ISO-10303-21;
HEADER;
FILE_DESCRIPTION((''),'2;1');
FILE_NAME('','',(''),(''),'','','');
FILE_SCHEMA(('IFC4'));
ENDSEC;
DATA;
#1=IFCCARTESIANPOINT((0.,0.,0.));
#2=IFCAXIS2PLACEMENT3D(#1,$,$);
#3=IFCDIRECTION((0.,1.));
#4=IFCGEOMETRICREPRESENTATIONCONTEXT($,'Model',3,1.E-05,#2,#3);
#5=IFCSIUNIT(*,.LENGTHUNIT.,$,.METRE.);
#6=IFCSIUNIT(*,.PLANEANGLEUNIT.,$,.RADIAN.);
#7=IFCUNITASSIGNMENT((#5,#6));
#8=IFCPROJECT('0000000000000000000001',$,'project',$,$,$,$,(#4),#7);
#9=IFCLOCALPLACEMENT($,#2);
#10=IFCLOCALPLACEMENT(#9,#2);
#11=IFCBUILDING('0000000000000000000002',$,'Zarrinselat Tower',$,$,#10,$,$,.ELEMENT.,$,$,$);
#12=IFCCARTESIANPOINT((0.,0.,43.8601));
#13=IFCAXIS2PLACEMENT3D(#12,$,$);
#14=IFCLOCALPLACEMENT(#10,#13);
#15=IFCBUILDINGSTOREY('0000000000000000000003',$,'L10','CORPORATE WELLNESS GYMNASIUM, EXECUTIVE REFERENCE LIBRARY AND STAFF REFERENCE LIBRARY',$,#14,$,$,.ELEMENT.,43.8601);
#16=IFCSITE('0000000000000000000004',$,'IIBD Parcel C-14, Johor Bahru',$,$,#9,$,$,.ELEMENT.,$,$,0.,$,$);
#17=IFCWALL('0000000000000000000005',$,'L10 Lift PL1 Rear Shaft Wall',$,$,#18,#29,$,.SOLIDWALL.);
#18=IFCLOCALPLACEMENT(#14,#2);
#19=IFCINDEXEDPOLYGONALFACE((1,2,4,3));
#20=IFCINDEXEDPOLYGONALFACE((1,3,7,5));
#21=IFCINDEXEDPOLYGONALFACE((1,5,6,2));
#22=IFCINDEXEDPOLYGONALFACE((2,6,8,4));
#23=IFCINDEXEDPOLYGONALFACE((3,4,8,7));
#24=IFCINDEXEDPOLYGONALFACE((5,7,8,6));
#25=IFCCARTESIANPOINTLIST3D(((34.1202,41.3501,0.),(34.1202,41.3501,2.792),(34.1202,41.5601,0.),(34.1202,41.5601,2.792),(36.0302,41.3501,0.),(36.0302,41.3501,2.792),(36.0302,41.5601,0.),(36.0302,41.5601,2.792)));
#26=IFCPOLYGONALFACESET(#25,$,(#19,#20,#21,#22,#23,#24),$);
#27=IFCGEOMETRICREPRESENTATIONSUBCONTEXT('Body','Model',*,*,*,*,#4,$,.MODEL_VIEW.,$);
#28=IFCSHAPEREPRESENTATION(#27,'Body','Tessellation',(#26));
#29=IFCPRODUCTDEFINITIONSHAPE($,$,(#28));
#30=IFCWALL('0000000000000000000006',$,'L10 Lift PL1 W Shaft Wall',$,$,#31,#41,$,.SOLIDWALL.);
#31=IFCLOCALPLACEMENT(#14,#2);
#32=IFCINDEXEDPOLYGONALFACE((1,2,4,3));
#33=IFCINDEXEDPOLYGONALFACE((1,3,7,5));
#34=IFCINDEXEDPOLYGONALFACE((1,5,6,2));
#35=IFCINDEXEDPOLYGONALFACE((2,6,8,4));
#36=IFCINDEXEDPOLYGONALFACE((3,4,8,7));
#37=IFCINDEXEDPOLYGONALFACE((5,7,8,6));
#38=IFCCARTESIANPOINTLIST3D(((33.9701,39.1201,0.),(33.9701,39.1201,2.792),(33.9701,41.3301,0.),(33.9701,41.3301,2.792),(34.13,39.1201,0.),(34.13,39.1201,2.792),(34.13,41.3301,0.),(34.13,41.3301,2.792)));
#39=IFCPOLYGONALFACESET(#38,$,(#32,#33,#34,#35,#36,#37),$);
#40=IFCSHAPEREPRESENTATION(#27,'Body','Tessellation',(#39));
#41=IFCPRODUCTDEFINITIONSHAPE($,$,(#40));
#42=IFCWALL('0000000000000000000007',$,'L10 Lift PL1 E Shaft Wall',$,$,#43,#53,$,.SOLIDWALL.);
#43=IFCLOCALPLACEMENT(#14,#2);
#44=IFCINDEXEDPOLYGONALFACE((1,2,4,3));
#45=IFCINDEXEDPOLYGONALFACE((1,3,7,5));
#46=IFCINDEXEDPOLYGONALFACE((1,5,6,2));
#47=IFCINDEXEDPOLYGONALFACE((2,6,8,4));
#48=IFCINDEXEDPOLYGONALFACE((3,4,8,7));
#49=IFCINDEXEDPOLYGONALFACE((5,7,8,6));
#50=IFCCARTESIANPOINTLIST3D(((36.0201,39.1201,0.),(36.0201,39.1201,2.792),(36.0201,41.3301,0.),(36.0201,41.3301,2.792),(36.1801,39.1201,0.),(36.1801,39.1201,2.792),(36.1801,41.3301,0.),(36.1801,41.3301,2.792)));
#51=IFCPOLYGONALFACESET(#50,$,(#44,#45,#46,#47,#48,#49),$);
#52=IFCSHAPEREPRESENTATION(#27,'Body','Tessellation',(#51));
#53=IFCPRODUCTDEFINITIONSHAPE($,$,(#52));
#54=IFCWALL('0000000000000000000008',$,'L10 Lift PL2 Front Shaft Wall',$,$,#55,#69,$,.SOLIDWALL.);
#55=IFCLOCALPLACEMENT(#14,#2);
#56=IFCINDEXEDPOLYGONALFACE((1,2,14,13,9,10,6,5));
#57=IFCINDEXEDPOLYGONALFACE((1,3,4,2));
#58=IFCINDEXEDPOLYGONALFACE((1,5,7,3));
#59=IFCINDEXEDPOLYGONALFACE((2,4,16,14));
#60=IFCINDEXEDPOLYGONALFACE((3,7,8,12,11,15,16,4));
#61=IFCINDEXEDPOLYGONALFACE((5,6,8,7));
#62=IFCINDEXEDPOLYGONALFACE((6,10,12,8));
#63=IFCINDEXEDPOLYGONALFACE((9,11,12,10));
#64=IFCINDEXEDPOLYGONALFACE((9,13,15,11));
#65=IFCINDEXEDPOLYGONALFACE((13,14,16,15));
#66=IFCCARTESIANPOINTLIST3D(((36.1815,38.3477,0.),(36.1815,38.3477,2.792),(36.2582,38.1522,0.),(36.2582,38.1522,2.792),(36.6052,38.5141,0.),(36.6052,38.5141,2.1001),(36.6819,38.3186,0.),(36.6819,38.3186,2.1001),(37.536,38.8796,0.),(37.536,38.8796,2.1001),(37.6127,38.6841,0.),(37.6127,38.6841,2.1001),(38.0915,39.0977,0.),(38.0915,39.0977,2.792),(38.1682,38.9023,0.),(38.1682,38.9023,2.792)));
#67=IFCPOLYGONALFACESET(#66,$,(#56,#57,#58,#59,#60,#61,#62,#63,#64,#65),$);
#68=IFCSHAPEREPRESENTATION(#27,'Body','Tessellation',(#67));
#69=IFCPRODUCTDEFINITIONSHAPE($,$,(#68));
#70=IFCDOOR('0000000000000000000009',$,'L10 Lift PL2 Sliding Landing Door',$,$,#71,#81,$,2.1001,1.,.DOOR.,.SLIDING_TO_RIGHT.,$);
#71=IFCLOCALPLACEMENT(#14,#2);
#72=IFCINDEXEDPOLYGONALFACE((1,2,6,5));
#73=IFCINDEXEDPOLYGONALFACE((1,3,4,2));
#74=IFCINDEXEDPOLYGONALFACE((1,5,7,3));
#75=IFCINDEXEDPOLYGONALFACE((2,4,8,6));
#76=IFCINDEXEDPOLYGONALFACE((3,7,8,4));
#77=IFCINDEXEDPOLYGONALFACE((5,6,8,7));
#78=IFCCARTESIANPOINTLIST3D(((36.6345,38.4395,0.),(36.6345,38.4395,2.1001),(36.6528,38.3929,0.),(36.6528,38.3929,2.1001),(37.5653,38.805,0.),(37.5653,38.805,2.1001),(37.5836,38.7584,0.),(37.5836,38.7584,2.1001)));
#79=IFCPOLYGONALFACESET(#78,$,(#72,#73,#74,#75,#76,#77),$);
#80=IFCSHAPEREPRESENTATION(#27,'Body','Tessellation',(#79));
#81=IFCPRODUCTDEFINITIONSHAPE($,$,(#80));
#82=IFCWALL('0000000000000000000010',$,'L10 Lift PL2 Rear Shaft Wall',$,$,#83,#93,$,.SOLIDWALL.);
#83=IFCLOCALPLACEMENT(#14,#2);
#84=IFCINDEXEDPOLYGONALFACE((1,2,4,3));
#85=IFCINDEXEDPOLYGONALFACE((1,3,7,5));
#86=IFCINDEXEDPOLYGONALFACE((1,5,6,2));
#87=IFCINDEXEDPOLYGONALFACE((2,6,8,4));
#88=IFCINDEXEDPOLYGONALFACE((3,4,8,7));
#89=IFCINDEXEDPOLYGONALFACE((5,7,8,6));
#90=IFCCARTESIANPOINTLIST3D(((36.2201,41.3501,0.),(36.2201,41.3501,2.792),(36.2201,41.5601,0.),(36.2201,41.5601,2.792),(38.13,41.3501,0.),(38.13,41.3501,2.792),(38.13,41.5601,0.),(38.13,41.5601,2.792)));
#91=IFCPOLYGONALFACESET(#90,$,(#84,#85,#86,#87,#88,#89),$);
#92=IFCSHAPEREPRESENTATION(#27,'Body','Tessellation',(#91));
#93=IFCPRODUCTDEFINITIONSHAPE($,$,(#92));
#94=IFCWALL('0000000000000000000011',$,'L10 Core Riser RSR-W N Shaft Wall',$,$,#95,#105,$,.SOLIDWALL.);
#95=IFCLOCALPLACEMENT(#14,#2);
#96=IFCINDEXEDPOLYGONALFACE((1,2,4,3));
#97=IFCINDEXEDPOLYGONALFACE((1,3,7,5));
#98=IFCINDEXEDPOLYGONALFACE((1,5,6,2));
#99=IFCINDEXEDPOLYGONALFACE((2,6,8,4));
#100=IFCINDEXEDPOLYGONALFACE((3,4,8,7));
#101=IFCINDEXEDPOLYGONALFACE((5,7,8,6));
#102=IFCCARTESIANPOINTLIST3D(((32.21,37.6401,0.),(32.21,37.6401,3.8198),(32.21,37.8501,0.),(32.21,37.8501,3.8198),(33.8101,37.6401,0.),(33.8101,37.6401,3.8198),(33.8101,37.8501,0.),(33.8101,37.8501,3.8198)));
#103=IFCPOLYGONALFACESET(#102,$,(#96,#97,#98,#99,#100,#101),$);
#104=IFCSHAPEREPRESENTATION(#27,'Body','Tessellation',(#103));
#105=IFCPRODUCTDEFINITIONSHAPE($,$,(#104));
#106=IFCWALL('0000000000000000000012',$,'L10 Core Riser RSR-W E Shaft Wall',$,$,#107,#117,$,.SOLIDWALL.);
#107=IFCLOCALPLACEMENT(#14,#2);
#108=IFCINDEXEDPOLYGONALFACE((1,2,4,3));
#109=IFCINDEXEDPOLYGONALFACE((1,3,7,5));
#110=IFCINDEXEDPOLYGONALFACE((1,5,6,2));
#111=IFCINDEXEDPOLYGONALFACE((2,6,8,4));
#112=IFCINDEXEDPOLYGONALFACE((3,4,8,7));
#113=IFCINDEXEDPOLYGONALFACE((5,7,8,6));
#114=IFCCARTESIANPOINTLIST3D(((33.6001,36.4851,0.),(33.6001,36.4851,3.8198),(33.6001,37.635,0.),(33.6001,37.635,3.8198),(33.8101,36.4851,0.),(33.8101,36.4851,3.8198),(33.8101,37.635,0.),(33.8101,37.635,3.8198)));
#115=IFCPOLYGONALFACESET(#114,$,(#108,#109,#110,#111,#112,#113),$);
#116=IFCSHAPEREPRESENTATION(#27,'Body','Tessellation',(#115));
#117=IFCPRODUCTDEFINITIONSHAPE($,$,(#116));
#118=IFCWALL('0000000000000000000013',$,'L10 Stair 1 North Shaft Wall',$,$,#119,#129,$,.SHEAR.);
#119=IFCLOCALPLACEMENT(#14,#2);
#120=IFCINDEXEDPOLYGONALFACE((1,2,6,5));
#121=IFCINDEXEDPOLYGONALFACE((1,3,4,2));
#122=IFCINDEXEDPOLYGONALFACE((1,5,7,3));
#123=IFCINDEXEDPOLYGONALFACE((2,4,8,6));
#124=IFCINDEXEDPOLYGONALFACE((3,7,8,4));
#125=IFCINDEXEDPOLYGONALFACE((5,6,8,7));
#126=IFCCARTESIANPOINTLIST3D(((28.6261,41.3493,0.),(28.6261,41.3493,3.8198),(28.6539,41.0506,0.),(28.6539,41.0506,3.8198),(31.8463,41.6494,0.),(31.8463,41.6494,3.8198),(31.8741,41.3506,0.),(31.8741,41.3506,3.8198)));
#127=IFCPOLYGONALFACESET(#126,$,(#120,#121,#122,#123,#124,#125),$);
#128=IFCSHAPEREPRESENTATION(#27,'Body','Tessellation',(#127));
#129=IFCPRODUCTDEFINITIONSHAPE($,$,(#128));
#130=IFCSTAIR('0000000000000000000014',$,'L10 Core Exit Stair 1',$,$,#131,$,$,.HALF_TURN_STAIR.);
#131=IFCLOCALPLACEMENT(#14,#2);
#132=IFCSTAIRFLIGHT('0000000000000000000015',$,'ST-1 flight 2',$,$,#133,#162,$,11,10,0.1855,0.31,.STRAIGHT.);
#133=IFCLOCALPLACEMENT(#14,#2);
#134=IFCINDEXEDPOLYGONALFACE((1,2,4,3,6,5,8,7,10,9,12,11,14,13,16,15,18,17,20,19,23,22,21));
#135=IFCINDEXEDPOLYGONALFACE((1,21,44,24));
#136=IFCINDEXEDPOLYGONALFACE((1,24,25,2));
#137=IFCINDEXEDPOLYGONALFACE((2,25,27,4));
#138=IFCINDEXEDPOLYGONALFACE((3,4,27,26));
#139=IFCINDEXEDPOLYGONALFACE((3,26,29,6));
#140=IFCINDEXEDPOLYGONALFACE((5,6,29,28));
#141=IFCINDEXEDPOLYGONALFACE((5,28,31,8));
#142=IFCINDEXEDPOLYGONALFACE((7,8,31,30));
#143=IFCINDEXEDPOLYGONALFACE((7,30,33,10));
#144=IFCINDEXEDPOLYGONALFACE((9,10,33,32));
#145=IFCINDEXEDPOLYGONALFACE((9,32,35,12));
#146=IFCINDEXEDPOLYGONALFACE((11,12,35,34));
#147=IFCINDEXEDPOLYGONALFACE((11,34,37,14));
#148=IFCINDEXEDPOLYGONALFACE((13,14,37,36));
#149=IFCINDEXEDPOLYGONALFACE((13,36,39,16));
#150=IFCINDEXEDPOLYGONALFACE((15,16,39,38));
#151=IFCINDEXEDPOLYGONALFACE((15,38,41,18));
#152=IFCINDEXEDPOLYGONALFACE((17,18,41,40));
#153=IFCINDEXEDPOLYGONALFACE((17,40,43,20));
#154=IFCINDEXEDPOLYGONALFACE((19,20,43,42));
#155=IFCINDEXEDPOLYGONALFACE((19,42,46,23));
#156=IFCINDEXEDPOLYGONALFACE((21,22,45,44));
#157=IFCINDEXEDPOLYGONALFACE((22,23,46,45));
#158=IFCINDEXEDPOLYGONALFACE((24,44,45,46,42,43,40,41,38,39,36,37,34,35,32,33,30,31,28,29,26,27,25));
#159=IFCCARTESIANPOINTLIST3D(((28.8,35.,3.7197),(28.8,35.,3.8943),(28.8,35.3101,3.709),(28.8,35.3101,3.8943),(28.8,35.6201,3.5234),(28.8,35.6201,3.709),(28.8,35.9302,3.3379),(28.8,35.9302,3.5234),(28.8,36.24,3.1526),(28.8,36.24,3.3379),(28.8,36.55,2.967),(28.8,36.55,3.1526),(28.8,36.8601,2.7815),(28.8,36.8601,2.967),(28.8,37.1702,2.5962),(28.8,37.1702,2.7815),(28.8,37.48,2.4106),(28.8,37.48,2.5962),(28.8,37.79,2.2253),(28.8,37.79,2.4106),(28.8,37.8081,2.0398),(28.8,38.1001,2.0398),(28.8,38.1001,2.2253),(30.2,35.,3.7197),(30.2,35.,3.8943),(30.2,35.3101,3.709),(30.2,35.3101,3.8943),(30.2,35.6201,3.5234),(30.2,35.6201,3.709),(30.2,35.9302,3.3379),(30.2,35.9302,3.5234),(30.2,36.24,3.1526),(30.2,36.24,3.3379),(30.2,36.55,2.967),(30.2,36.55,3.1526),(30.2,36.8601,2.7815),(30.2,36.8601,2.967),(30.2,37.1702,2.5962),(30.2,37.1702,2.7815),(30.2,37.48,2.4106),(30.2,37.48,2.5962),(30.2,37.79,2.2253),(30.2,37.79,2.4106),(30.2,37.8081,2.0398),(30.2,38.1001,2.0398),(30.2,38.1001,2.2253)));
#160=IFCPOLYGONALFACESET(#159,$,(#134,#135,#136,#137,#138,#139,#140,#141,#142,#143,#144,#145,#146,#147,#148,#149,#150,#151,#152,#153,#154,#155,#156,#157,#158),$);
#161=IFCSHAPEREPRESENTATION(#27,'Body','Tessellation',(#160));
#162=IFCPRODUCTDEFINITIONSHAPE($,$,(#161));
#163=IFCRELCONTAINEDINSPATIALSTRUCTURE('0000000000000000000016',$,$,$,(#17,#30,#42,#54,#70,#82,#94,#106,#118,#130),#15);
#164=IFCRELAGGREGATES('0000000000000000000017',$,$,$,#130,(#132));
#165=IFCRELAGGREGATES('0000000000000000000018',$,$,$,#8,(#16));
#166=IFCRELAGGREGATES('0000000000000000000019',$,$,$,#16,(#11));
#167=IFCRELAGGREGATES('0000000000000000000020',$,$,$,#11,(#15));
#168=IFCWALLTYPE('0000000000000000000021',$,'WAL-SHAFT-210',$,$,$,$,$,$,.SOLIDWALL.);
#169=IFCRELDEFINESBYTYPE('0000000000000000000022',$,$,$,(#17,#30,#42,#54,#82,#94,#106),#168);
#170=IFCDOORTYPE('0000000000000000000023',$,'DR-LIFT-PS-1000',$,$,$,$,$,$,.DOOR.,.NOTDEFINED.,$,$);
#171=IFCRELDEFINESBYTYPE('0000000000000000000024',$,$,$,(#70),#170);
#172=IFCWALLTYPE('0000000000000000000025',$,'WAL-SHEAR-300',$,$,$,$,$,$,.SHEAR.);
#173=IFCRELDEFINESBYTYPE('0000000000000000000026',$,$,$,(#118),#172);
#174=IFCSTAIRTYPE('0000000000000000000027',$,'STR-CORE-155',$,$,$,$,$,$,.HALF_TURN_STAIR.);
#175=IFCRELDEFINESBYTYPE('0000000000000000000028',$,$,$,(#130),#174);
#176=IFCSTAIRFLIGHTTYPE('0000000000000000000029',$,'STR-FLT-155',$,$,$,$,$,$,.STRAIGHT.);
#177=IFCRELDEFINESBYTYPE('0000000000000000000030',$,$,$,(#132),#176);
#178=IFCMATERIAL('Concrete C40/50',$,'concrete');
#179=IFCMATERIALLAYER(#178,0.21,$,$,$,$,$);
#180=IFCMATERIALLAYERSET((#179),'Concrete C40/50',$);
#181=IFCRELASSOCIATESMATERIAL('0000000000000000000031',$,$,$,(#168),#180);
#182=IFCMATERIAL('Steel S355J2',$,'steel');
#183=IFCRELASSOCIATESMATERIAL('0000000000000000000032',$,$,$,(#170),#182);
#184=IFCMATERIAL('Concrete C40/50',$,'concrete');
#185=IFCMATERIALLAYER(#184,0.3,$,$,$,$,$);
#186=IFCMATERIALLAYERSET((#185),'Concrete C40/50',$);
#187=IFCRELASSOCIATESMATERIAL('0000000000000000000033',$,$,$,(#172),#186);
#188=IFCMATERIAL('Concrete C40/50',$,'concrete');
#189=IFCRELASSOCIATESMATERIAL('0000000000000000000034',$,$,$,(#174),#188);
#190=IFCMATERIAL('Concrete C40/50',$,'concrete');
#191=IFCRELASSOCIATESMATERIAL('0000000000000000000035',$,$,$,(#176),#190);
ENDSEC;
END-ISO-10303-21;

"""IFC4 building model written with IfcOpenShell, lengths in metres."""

from ifc_helpers import new_model, si_unit, direction, frame, frame_2d, origin, place, context, subcontext, project, spatial, polyline, rectangle, outline, extrude, material, layer, layer_set, type_object, element, fill, aggregate, save


model = new_model("IFC4")

# Units and contexts
model_context = context("Model", 3, precision=1e-05, world=origin(), true_north=direction((0.0, 1.0)))
body_context = subcontext(model_context, "Body", "Model", "MODEL_VIEW")
ifc_project = project(units=[si_unit("LENGTHUNIT", "METRE"), si_unit("PLANEANGLEUNIT", "RADIAN")], contexts=[model_context])

# Site, building, storey
site_placement = place(None, origin())
site = spatial("IfcSite", under=ifc_project, at=site_placement, Name="IIBD Parcel C-14, Johor Bahru", CompositionType="ELEMENT", RefElevation=0.0)
building_placement = place(site_placement, origin())
building = spatial("IfcBuilding", under=site, at=building_placement, Name="Zarrinselat Tower", CompositionType="ELEMENT")
storey_placement = place(building_placement, frame((0.0, 0.0, 43.8601)))
storey = spatial("IfcBuildingStorey", under=building, at=storey_placement, Name="L10", Description="CORPORATE WELLNESS GYMNASIUM, EXECUTIVE REFERENCE LIBRARY AND STAFF REFERENCE LIBRARY", CompositionType="ELEMENT", Elevation=43.8601)

# Shared definitions
ifc_material_1 = material(Name="Concrete C40/50", Category="concrete")
ifc_layer_1 = layer(ifc_material_1, 0.21)
ifc_layer_set_1 = layer_set([ifc_layer_1], Name="Concrete C40/50")
wall_type_1 = type_object("IfcWallType", Name="WAL-SHAFT-210", PredefinedType="SOLIDWALL", material=ifc_layer_set_1)
ifc_material_2 = material(Name="Steel S355J2", Category="steel")
door_type_1 = type_object("IfcDoorType", Name="DR-LIFT-PS-1000", OperationType="NOTDEFINED", PredefinedType="DOOR", material=ifc_material_2)

# Walls
wall_1_placement = place(storey_placement, frame((34.1201, 41.4551, 0.0), z_axis=(0.0, 0.0, 1.0), x_axis=(1.0, 0.0, 0.0)))
element("IfcWall", 1, at=wall_1_placement, inside=storey, type_object=wall_type_1, Name="L10 Lift PL1 Rear Shaft Wall", PredefinedType="SOLIDWALL", context=body_context, shape_type="SweptSolid", body=[
    extrude(rectangle(XDim=1.9099, YDim=0.21, at=frame_2d((0.9551, 0.0))), origin(), (0.0, 0.0, 1.0), 2.792),
])
for number, where, z_axis, x_axis, name in (
    (2, (34.05, 39.1201, 0.0), (0.0, 0.0, 1.0), (0.0, 1.0, 0.0), "L10 Lift PL1 W Shaft Wall"),
    (3, (36.1001, 39.1201, 0.0), (0.0, 0.0, 1.0), (0.0, 1.0, 0.0), "L10 Lift PL1 E Shaft Wall"),
):
    element("IfcWall", number, at=place(storey_placement, frame(where, z_axis=z_axis, x_axis=x_axis)), inside=storey, type_object=wall_type_1, Name=name, PredefinedType="SOLIDWALL", context=body_context, shape_type="SweptSolid", body=[
        extrude(rectangle(XDim=2.21, YDim=0.1599, at=frame_2d((1.105, 0.0))), origin(), (0.0, 0.0, 1.0), 2.792),
    ])

# Wall, opening, door
wall_2_placement = place(storey_placement, frame((36.22, 38.25, 0.0), z_axis=(0.0, 0.0, 1.0), x_axis=(0.930805, 0.365516, 0.0)))
wall_2 = element("IfcWall", 4, at=wall_2_placement, inside=storey, type_object=wall_type_1, Name="L10 Lift PL2 Front Shaft Wall", PredefinedType="SOLIDWALL", context=body_context, shape_type="SweptSolid", body=[
    extrude(rectangle(XDim=2.052, YDim=0.21, at=frame_2d((1.0259, 0.0))), origin(), (0.0, 0.0, 1.0), 2.792),
])
opening_1_placement = place(wall_2_placement, frame((0.4551, 0.0, 0.0)))
opening_1 = element("IfcOpeningElement", 5, at=opening_1_placement, cuts=wall_2, PredefinedType="OPENING", context=body_context, shape_type="SweptSolid", body=[
    extrude(rectangle(XDim=1.0, YDim=2.1001, at=frame_2d((0.5, 1.05))), frame((0.0, 0.115, 0.0), z_axis=(0.0, -1.0, 0.0), x_axis=(1.0, 0.0, 0.0)), (0.0, 0.0, 1.0), 0.23),
])
door_1_placement = place(opening_1_placement, origin())
door_1 = element("IfcDoor", 6, at=door_1_placement, inside=storey, type_object=door_type_1, Name="L10 Lift PL2 Sliding Landing Door", OperationType="SLIDING_TO_RIGHT", OverallHeight=2.1001, OverallWidth=1.0, PredefinedType="DOOR", context=body_context, shape_type="SweptSolid", body=[
    extrude(rectangle(XDim=1.0, YDim=2.1001, at=frame_2d((0.5, 1.05))), frame((0.0, 0.0249, 0.0), z_axis=(0.0, -1.0, 0.0), x_axis=(1.0, 0.0, 0.0)), (0.0, 0.0, 1.0), 0.05),
])
fill(opening_1, door_1)

# Walls
wall_3_placement = place(storey_placement, frame((36.22, 41.4551, 0.0), z_axis=(0.0, 0.0, 1.0), x_axis=(1.0, 0.0, 0.0)))
element("IfcWall", 7, at=wall_3_placement, inside=storey, type_object=wall_type_1, Name="L10 Lift PL2 Rear Shaft Wall", PredefinedType="SOLIDWALL", context=body_context, shape_type="SweptSolid", body=[
    extrude(rectangle(XDim=1.9099, YDim=0.21, at=frame_2d((0.9551, 0.0))), origin(), (0.0, 0.0, 1.0), 2.792),
])
wall_4_placement = place(storey_placement, frame((32.21, 37.7451, 0.0), z_axis=(0.0, 0.0, 1.0), x_axis=(1.0, 0.0, 0.0)))
element("IfcWall", 8, at=wall_4_placement, inside=storey, type_object=wall_type_1, Name="L10 Core Riser RSR-W N Shaft Wall", PredefinedType="SOLIDWALL", context=body_context, shape_type="SweptSolid", body=[
    extrude(rectangle(XDim=1.6001, YDim=0.21, at=frame_2d((0.8, 0.0))), origin(), (0.0, 0.0, 1.0), 3.8198),
])
wall_5_placement = place(storey_placement, frame((33.7051, 36.4851, 0.0), z_axis=(0.0, 0.0, 1.0), x_axis=(0.0, 1.0, 0.0)))
element("IfcWall", 9, at=wall_5_placement, inside=storey, type_object=wall_type_1, Name="L10 Core Riser RSR-W E Shaft Wall", PredefinedType="SOLIDWALL", context=body_context, shape_type="SweptSolid", body=[
    extrude(rectangle(XDim=1.1499, YDim=0.21, at=frame_2d((0.575, 0.0))), origin(), (0.0, 0.0, 1.0), 3.8198),
])
ifc_material_3 = material(Name="Concrete C40/50", Category="concrete")
ifc_layer_2 = layer(ifc_material_3, 0.3)
ifc_layer_set_2 = layer_set([ifc_layer_2], Name="Concrete C40/50")
wall_type_2 = type_object("IfcWallType", Name="WAL-SHEAR-300", PredefinedType="SHEAR", material=ifc_layer_set_2)
wall_6_placement = place(storey_placement, frame((28.6399, 41.2, 0.0), z_axis=(0.0, 0.0, 1.0), x_axis=(0.995687, 0.092775, 0.0)))
element("IfcWall", 10, at=wall_6_placement, inside=storey, type_object=wall_type_2, Name="L10 Stair 1 North Shaft Wall", PredefinedType="SHEAR", context=body_context, shape_type="SweptSolid", body=[
    extrude(rectangle(XDim=3.2341, YDim=0.3, at=frame_2d((1.6172, 0.0))), origin(), (0.0, 0.0, 1.0), 3.8198),
])

# Stair, stair flight
ifc_material_4 = material(Name="Concrete C40/50", Category="concrete")
stair_type = type_object("IfcStairType", Name="STR-CORE-155", PredefinedType="HALF_TURN_STAIR", material=ifc_material_4)
stair_placement = place(storey_placement, origin())
stair = element("IfcStair", 11, at=stair_placement, inside=storey, type_object=stair_type, Name="L10 Core Exit Stair 1", PredefinedType="HALF_TURN_STAIR")
ifc_material_5 = material(Name="Concrete C40/50", Category="concrete")
stair_flight_type = type_object("IfcStairFlightType", Name="STR-FLT-155", PredefinedType="STRAIGHT", material=ifc_material_5)
stair_flight_placement = place(storey_placement, frame((29.5, 38.1001, 2.0398), z_axis=(0.0, 0.0, 1.0), x_axis=(0.0, -1.0, 0.0)))
stair_flight = element("IfcStairFlight", 12, at=stair_flight_placement, type_object=stair_flight_type, Name="ST-1 flight 2", NumberOfRisers=11, NumberOfTreads=10, PredefinedType="STRAIGHT", RiserHeight=0.1855, TreadLength=0.31, context=body_context, shape_type="SweptSolid", body=[
    extrude(outline(polyline([(0.0, 0.0), (0.0, 0.1855), (0.3101, 0.1855), (0.3101, 0.3708), (0.6201, 0.3708), (0.6201, 0.5564), (0.9299, 0.5564), (0.9299, 0.7417), (1.24, 0.7417), (1.24, 0.9272), (1.55, 0.9272), (1.55, 1.1128), (1.8601, 1.1128), (1.8601, 1.2981), (2.1699, 1.2981), (2.1699, 1.4836), (2.48, 1.4836), (2.48, 1.6692), (2.79, 1.6692), (2.79, 1.8545), (3.1001, 1.8545), (3.1001, 2.04), (3.1001, 1.6799), (0.292, 0.0), (0.0, 0.0)])), frame((0.0, 0.7, 0.0), z_axis=(0.0, -1.0, 0.0), x_axis=(1.0, 0.0, 0.0)), (0.0, 0.0, 1.0), 1.3999),
])
aggregate(stair, [stair_flight])

save(model, "model.ifc")
